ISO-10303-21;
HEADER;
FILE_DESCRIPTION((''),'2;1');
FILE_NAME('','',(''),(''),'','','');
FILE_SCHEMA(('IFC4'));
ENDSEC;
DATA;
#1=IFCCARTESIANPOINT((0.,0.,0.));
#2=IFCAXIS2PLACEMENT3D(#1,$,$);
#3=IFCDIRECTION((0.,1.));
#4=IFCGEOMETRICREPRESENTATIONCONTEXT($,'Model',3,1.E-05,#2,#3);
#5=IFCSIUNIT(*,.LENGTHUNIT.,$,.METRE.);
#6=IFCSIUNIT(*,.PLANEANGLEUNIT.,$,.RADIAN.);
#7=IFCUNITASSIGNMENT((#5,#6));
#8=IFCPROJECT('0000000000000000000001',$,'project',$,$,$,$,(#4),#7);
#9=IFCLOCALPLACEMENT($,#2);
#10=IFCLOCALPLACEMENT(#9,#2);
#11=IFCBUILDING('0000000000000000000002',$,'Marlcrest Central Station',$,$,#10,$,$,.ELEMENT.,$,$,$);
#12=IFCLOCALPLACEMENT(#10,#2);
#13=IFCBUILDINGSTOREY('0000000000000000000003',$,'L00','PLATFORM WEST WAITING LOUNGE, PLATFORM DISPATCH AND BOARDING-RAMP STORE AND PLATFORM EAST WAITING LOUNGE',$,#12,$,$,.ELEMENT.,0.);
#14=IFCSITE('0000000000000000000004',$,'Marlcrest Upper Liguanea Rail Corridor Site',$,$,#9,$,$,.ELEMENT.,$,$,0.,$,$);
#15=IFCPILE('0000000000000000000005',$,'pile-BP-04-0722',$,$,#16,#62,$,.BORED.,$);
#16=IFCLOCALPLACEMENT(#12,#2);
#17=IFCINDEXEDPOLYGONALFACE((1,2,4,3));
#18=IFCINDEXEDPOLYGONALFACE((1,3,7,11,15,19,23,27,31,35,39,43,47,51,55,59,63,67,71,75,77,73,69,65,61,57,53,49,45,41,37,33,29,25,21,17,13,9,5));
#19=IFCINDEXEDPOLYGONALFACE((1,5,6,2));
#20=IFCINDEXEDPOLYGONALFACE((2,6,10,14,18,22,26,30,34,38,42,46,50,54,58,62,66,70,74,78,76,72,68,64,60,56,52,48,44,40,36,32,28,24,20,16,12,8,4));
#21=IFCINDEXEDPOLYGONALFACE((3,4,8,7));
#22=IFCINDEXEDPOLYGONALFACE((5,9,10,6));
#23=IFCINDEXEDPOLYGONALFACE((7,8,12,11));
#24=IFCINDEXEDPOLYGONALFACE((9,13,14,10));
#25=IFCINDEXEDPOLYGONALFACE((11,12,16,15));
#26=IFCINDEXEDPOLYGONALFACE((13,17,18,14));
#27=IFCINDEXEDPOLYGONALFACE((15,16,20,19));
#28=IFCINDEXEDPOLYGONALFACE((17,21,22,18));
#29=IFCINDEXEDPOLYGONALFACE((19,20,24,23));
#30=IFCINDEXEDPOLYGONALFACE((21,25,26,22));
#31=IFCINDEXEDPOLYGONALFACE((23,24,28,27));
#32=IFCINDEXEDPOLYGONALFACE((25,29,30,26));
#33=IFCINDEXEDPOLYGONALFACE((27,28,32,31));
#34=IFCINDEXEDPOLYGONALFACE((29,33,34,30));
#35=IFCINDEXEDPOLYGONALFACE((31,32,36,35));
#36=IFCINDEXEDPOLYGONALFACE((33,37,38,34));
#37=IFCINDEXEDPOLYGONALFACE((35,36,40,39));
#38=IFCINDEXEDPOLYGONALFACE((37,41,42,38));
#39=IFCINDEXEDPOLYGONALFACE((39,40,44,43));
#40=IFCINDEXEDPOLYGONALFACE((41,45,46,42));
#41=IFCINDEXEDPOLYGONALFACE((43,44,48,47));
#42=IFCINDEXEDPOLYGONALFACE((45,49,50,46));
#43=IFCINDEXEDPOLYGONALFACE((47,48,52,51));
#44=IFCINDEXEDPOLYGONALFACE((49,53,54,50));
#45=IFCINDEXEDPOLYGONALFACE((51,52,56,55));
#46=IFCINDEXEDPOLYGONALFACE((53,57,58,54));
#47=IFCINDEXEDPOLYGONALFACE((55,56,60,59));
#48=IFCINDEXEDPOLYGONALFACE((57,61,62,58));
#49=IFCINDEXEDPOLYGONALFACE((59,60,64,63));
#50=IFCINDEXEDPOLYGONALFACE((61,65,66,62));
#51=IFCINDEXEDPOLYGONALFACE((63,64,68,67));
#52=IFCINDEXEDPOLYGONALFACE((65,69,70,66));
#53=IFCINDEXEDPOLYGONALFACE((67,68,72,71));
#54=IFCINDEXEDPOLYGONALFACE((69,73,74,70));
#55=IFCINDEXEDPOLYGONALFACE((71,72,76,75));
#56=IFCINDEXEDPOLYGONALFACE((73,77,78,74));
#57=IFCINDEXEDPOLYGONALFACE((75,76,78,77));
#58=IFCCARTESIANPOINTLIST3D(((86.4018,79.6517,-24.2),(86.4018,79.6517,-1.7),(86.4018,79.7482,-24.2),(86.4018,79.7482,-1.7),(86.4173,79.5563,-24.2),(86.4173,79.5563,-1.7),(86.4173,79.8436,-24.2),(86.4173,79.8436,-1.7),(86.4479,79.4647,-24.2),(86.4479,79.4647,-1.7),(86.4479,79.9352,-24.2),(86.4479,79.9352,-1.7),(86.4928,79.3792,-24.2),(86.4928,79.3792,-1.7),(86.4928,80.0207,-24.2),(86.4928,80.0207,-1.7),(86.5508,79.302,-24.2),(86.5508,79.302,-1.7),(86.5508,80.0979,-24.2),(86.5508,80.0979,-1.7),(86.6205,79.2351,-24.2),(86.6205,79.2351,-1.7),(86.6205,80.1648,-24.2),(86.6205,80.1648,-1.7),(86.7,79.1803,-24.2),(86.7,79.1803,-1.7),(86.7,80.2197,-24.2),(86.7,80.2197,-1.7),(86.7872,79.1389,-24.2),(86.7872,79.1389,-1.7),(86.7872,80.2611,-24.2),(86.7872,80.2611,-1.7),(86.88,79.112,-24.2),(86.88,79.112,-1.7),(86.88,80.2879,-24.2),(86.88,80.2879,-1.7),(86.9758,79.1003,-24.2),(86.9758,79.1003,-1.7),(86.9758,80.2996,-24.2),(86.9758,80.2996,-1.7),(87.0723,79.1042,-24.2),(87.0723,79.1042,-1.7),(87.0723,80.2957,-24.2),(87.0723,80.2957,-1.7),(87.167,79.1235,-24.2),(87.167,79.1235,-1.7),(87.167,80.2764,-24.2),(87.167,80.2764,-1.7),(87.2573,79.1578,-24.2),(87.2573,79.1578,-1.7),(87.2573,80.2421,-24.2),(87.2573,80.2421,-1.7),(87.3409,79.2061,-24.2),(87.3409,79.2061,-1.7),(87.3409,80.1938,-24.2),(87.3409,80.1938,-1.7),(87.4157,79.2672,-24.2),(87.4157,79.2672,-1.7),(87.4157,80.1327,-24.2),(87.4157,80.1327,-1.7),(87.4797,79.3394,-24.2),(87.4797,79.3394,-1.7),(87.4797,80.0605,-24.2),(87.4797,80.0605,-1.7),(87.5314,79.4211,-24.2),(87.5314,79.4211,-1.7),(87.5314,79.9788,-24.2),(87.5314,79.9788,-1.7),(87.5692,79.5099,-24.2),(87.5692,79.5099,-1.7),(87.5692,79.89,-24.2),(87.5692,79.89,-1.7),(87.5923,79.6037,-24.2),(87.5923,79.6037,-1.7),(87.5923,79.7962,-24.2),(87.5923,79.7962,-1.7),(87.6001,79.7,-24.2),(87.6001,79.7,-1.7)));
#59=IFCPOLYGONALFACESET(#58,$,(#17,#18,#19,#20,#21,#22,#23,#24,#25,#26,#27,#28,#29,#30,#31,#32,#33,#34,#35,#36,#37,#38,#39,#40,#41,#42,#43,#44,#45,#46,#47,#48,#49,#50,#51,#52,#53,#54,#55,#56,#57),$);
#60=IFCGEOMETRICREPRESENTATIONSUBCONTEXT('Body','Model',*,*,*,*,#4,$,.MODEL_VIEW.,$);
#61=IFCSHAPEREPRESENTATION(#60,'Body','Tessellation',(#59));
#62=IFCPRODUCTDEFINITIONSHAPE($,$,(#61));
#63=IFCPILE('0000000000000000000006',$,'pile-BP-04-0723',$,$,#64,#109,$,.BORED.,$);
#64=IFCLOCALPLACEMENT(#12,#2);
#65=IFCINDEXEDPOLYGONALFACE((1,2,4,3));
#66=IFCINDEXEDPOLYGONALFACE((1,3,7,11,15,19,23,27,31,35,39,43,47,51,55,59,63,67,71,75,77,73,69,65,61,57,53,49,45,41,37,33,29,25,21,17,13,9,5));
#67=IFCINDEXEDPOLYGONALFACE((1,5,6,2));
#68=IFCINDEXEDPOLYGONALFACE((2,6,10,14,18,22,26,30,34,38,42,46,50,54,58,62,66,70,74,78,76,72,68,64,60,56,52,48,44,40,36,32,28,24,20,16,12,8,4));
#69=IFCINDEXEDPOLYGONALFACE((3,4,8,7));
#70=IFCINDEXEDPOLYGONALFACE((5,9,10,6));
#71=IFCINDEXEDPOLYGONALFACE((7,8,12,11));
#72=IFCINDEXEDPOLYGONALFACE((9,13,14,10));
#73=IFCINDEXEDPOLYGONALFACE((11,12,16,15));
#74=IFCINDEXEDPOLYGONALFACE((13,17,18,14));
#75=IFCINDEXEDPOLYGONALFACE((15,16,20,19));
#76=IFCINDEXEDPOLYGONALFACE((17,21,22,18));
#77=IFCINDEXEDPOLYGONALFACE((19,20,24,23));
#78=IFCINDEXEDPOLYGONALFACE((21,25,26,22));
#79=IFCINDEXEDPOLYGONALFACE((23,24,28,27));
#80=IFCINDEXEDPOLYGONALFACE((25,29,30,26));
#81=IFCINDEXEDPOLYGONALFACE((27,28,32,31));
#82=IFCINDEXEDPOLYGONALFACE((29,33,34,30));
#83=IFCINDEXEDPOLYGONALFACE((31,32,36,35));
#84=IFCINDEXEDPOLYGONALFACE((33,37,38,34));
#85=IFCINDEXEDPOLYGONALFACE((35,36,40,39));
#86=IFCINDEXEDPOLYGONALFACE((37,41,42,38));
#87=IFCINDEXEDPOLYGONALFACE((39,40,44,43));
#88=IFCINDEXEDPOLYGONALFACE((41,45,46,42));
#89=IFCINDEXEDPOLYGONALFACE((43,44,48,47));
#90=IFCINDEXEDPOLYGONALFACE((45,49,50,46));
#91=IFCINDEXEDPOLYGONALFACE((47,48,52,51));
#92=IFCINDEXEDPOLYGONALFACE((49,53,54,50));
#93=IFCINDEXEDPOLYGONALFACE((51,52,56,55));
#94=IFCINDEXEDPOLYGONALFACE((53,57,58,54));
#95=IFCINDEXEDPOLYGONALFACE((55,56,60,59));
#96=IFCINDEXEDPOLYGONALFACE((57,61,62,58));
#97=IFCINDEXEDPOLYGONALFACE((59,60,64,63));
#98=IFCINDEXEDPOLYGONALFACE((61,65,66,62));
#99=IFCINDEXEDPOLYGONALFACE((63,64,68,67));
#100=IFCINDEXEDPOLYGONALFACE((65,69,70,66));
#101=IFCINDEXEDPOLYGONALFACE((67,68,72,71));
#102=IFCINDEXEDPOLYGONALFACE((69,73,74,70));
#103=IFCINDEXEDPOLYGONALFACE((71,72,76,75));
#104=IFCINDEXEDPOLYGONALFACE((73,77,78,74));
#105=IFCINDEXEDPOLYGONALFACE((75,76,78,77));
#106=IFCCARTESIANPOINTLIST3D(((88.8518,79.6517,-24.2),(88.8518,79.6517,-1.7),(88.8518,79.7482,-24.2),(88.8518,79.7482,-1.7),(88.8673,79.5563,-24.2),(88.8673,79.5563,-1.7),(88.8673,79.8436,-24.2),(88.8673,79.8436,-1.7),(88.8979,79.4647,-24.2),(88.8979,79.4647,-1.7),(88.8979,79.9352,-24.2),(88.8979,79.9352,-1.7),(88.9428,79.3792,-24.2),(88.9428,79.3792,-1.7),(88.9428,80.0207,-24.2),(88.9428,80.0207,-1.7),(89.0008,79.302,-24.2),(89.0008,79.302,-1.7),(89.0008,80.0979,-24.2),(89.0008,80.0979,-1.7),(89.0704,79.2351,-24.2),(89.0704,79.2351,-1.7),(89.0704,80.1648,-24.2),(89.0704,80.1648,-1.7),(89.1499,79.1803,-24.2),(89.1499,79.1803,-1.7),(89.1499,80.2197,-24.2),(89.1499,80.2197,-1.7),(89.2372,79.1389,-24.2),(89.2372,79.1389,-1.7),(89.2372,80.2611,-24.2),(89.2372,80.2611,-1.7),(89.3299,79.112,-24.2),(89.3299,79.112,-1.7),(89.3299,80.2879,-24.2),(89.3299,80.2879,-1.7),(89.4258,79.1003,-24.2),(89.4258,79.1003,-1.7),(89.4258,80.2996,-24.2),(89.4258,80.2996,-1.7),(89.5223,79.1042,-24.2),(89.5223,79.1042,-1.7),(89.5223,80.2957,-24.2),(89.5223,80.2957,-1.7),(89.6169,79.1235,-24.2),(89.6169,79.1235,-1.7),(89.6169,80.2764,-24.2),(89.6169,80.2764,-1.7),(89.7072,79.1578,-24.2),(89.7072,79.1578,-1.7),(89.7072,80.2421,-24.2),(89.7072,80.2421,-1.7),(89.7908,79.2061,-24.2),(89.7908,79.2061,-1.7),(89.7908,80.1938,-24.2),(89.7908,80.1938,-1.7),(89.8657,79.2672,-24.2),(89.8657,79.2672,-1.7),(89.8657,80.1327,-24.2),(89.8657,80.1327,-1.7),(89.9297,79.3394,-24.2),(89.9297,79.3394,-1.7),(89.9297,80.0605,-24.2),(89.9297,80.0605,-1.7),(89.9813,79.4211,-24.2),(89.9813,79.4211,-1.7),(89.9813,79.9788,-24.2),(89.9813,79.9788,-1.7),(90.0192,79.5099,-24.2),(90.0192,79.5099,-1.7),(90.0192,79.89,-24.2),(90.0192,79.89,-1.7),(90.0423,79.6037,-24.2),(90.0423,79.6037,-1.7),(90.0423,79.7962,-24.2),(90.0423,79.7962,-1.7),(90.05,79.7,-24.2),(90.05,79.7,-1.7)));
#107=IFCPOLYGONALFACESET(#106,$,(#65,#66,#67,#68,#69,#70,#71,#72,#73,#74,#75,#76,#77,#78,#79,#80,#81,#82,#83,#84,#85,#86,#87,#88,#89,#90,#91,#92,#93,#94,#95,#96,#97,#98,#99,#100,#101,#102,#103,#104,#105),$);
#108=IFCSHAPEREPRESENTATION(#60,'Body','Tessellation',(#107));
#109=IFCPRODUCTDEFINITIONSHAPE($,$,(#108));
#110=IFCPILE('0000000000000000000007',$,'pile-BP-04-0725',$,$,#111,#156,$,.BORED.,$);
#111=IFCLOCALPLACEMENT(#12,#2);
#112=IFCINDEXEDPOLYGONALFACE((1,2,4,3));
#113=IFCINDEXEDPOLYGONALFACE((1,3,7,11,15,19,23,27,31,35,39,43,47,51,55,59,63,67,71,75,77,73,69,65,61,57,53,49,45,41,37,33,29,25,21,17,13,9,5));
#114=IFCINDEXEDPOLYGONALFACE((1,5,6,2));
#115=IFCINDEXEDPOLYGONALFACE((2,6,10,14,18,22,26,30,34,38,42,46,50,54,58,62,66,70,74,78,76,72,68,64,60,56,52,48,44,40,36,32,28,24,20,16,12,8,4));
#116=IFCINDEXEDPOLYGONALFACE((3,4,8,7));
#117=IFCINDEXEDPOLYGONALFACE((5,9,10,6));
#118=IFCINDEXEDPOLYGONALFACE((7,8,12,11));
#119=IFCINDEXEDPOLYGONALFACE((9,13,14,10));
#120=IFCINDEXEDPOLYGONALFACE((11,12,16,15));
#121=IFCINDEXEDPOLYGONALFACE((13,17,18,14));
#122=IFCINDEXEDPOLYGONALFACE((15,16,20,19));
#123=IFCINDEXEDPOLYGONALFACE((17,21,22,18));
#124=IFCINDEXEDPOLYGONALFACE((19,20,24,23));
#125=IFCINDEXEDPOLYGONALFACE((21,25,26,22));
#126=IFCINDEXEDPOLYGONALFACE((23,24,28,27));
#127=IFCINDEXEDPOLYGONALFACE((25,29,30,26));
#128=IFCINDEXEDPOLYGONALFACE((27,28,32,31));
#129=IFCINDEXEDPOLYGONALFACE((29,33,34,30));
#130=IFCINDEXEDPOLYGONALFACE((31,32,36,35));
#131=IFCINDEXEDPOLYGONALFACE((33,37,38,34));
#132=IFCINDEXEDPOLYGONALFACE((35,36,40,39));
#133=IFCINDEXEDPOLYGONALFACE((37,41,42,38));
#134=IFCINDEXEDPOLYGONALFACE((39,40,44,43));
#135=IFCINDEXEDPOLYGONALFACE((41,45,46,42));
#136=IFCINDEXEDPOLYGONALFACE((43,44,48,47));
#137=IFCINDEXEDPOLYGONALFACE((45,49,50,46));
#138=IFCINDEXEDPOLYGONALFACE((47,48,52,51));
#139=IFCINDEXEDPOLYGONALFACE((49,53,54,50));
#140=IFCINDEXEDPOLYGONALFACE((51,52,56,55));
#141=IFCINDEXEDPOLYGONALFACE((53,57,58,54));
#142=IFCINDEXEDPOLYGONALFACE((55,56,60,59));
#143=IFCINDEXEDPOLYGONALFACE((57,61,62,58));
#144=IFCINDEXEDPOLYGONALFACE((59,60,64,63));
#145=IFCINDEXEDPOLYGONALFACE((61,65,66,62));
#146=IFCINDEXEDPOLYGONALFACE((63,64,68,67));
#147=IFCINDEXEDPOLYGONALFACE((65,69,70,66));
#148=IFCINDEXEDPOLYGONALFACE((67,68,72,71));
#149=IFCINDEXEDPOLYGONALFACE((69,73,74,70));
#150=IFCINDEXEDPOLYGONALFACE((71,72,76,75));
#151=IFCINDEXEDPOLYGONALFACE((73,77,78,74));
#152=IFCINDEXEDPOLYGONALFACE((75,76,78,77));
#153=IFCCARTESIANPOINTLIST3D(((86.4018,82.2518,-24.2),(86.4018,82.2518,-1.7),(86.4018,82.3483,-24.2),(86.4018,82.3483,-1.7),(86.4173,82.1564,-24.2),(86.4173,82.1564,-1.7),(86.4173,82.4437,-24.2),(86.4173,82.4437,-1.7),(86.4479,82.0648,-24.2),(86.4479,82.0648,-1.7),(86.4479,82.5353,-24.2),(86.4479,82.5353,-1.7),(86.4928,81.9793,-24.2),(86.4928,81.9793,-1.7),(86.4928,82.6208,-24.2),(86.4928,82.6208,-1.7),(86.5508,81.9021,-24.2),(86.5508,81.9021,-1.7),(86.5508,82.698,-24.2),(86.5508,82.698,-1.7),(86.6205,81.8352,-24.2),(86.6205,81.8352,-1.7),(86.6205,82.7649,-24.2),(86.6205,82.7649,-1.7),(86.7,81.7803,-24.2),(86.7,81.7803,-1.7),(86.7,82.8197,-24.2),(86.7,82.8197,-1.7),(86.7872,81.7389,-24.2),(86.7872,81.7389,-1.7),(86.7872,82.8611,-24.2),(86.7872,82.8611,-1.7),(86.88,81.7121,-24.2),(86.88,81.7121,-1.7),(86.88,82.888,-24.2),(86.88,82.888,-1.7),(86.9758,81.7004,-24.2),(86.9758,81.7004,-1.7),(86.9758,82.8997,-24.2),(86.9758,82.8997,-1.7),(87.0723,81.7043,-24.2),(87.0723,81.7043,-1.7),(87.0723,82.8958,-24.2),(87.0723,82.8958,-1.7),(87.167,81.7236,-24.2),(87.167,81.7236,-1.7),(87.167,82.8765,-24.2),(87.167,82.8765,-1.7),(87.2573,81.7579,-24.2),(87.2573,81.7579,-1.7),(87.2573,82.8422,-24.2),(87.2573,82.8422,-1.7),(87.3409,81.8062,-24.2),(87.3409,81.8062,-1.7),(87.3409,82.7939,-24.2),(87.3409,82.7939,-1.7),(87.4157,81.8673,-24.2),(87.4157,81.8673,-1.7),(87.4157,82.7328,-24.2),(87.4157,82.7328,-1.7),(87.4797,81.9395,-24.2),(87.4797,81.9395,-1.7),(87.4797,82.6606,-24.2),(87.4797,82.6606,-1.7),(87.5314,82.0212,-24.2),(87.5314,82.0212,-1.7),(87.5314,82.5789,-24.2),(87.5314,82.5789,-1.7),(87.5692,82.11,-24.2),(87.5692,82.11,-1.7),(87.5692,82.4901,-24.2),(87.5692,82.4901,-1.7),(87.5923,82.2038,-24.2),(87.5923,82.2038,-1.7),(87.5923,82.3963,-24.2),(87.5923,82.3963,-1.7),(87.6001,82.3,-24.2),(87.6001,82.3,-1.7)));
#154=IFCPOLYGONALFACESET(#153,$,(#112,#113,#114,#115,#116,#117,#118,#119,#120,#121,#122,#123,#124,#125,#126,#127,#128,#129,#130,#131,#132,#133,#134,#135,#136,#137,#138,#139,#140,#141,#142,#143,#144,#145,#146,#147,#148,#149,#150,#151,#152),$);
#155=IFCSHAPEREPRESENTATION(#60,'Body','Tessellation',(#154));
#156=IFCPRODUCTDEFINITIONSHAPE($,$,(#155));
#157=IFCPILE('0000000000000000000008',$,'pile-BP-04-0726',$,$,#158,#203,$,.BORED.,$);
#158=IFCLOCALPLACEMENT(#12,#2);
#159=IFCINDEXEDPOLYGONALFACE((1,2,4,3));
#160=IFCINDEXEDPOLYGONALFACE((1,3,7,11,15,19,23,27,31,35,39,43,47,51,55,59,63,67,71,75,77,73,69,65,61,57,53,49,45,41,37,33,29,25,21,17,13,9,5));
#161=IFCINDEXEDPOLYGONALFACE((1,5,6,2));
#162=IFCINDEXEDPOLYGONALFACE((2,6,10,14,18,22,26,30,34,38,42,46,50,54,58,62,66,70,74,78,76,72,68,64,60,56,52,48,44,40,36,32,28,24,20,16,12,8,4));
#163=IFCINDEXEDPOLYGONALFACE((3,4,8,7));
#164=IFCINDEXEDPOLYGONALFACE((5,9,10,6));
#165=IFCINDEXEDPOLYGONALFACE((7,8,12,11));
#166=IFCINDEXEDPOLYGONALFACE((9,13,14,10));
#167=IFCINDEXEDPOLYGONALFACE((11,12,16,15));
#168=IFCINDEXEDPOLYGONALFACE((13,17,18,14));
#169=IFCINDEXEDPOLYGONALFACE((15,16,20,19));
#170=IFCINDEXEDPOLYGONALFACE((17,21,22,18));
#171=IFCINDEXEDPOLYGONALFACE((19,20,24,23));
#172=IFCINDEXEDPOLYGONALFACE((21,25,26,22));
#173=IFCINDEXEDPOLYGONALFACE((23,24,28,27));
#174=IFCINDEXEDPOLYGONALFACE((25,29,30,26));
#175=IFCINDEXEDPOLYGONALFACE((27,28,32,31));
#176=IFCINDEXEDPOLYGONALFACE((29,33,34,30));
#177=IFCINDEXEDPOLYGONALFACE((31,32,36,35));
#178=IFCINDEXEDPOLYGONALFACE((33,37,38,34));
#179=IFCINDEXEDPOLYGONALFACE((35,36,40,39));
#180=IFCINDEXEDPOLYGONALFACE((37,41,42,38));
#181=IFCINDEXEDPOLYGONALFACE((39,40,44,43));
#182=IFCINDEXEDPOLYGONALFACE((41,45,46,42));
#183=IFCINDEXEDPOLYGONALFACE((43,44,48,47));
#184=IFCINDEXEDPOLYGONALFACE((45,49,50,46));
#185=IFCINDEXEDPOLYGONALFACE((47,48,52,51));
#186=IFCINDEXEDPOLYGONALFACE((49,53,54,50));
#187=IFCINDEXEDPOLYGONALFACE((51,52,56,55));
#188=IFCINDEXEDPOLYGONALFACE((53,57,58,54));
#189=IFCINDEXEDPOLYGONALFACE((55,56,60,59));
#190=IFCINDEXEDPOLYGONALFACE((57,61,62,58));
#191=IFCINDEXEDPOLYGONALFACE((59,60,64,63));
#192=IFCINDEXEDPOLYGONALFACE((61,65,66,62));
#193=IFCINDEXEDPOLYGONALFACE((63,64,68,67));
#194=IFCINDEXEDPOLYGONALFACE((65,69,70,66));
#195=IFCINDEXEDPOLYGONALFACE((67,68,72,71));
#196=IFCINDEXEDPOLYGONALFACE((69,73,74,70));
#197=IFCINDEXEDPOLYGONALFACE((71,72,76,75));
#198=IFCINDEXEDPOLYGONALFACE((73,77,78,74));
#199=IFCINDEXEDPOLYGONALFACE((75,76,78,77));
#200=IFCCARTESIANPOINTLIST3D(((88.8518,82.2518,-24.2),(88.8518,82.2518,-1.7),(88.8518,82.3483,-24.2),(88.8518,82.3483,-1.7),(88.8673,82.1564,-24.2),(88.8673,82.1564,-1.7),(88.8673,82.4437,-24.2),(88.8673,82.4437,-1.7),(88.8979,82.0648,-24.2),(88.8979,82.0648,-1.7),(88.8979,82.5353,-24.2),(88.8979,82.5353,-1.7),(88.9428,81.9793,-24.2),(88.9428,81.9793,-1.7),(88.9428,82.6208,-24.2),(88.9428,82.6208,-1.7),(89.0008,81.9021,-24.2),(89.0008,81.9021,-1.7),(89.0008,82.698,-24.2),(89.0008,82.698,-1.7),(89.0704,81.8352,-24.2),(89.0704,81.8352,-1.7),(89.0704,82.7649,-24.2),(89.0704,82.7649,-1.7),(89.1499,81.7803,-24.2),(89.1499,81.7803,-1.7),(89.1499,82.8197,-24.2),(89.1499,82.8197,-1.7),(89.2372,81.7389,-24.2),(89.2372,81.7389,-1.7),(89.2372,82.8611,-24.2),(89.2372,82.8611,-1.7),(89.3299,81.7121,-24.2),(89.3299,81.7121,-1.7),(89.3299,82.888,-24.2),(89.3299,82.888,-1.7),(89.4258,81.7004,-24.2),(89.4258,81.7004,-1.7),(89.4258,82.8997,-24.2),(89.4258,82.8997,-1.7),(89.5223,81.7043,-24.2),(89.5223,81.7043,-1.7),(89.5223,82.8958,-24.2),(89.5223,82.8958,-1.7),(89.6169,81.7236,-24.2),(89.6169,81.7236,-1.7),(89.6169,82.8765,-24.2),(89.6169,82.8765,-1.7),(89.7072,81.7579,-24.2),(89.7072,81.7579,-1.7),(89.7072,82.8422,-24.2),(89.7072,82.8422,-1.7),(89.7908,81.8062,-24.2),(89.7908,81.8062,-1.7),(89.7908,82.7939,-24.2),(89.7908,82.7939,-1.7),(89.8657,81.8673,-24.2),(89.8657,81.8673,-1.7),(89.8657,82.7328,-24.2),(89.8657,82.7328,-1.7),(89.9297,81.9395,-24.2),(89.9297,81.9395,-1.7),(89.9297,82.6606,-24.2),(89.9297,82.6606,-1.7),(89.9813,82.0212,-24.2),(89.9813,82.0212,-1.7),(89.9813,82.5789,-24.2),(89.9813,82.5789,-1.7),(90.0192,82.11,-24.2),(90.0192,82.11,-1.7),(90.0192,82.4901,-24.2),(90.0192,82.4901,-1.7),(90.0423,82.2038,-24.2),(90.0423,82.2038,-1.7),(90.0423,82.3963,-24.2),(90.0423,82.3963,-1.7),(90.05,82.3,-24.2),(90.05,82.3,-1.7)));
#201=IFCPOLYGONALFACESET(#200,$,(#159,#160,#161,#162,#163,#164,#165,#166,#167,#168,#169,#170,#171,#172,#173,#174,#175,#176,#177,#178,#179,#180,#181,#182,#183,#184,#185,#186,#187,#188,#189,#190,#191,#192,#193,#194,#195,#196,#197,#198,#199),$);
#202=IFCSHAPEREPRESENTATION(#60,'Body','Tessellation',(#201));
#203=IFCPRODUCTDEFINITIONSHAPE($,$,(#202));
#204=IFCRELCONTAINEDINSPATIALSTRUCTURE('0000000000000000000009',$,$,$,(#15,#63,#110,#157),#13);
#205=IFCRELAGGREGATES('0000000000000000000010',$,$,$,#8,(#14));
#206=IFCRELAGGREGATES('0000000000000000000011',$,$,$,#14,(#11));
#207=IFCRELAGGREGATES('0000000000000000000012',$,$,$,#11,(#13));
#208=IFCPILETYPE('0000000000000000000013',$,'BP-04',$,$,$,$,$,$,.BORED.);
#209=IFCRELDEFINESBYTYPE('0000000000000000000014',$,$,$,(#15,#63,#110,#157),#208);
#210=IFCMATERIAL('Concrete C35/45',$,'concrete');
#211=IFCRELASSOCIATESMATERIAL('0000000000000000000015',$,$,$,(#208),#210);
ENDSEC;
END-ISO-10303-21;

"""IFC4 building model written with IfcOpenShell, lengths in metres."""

from ifc_helpers import new_model, si_unit, direction, frame, origin, origin_2d, place, context, subcontext, project, spatial, circle, extrude, material, material_profile, profile_set, type_object, element, save


model = new_model("IFC4")

# Units and contexts
model_context = context("Model", 3, precision=1e-05, world=origin(), true_north=direction((0.0, 1.0)))
body_context = subcontext(model_context, "Body", "Model", "MODEL_VIEW")
ifc_project = project(units=[si_unit("LENGTHUNIT", "METRE"), si_unit("PLANEANGLEUNIT", "RADIAN")], contexts=[model_context])

# Site, building, storey
site_placement = place(None, origin())
site = spatial("IfcSite", under=ifc_project, at=site_placement, Name="Marlcrest Upper Liguanea Rail Corridor Site", CompositionType="ELEMENT", RefElevation=0.0)
building_placement = place(site_placement, origin())
building = spatial("IfcBuilding", under=site, at=building_placement, Name="Marlcrest Central Station", CompositionType="ELEMENT")
storey_placement = place(building_placement, origin())
storey = spatial("IfcBuildingStorey", under=building, at=storey_placement, Name="L00", Description="PLATFORM WEST WAITING LOUNGE, PLATFORM DISPATCH AND BOARDING-RAMP STORE AND PLATFORM EAST WAITING LOUNGE", CompositionType="ELEMENT", Elevation=0.0)

# Piles
ifc_material_1 = material(Name="Concrete C35/45", Category="concrete")
ifc_material_profile_1 = material_profile(ifc_material_1, circle(Radius=0.6001, at=origin_2d()), Name="PILE D1200")
ifc_profile_set_1 = profile_set([ifc_material_profile_1], Name="Concrete C35/45")
pile_type_1 = type_object("IfcPileType", Name="BP-04", PredefinedType="BORED", material=ifc_profile_set_1)
for number, where, z_axis, x_axis, name in (
    (1, (87.0, 79.7, -1.7), (0.0, 0.0, -1.0), (1.0, 0.0, 0.0), "pile-BP-04-0722"),
    (2, (89.45, 79.7, -1.7), (0.0, 0.0, -1.0), (1.0, 0.0, 0.0), "pile-BP-04-0723"),
    (3, (87.0, 82.3, -1.7), (0.0, 0.0, -1.0), (1.0, 0.0, 0.0), "pile-BP-04-0725"),
    (4, (89.45, 82.3, -1.7), (0.0, 0.0, -1.0), (1.0, 0.0, 0.0), "pile-BP-04-0726"),
):
    element("IfcPile", number, at=place(storey_placement, frame(where, z_axis=z_axis, x_axis=x_axis)), inside=storey, type_object=pile_type_1, Name=name, PredefinedType="BORED", context=body_context, shape_type="SweptSolid", body=[
        extrude(circle(Radius=0.6001, at=origin_2d()), origin(), (0.0, 0.0, 1.0), 22.5),
    ])

save(model, "model.ifc")
